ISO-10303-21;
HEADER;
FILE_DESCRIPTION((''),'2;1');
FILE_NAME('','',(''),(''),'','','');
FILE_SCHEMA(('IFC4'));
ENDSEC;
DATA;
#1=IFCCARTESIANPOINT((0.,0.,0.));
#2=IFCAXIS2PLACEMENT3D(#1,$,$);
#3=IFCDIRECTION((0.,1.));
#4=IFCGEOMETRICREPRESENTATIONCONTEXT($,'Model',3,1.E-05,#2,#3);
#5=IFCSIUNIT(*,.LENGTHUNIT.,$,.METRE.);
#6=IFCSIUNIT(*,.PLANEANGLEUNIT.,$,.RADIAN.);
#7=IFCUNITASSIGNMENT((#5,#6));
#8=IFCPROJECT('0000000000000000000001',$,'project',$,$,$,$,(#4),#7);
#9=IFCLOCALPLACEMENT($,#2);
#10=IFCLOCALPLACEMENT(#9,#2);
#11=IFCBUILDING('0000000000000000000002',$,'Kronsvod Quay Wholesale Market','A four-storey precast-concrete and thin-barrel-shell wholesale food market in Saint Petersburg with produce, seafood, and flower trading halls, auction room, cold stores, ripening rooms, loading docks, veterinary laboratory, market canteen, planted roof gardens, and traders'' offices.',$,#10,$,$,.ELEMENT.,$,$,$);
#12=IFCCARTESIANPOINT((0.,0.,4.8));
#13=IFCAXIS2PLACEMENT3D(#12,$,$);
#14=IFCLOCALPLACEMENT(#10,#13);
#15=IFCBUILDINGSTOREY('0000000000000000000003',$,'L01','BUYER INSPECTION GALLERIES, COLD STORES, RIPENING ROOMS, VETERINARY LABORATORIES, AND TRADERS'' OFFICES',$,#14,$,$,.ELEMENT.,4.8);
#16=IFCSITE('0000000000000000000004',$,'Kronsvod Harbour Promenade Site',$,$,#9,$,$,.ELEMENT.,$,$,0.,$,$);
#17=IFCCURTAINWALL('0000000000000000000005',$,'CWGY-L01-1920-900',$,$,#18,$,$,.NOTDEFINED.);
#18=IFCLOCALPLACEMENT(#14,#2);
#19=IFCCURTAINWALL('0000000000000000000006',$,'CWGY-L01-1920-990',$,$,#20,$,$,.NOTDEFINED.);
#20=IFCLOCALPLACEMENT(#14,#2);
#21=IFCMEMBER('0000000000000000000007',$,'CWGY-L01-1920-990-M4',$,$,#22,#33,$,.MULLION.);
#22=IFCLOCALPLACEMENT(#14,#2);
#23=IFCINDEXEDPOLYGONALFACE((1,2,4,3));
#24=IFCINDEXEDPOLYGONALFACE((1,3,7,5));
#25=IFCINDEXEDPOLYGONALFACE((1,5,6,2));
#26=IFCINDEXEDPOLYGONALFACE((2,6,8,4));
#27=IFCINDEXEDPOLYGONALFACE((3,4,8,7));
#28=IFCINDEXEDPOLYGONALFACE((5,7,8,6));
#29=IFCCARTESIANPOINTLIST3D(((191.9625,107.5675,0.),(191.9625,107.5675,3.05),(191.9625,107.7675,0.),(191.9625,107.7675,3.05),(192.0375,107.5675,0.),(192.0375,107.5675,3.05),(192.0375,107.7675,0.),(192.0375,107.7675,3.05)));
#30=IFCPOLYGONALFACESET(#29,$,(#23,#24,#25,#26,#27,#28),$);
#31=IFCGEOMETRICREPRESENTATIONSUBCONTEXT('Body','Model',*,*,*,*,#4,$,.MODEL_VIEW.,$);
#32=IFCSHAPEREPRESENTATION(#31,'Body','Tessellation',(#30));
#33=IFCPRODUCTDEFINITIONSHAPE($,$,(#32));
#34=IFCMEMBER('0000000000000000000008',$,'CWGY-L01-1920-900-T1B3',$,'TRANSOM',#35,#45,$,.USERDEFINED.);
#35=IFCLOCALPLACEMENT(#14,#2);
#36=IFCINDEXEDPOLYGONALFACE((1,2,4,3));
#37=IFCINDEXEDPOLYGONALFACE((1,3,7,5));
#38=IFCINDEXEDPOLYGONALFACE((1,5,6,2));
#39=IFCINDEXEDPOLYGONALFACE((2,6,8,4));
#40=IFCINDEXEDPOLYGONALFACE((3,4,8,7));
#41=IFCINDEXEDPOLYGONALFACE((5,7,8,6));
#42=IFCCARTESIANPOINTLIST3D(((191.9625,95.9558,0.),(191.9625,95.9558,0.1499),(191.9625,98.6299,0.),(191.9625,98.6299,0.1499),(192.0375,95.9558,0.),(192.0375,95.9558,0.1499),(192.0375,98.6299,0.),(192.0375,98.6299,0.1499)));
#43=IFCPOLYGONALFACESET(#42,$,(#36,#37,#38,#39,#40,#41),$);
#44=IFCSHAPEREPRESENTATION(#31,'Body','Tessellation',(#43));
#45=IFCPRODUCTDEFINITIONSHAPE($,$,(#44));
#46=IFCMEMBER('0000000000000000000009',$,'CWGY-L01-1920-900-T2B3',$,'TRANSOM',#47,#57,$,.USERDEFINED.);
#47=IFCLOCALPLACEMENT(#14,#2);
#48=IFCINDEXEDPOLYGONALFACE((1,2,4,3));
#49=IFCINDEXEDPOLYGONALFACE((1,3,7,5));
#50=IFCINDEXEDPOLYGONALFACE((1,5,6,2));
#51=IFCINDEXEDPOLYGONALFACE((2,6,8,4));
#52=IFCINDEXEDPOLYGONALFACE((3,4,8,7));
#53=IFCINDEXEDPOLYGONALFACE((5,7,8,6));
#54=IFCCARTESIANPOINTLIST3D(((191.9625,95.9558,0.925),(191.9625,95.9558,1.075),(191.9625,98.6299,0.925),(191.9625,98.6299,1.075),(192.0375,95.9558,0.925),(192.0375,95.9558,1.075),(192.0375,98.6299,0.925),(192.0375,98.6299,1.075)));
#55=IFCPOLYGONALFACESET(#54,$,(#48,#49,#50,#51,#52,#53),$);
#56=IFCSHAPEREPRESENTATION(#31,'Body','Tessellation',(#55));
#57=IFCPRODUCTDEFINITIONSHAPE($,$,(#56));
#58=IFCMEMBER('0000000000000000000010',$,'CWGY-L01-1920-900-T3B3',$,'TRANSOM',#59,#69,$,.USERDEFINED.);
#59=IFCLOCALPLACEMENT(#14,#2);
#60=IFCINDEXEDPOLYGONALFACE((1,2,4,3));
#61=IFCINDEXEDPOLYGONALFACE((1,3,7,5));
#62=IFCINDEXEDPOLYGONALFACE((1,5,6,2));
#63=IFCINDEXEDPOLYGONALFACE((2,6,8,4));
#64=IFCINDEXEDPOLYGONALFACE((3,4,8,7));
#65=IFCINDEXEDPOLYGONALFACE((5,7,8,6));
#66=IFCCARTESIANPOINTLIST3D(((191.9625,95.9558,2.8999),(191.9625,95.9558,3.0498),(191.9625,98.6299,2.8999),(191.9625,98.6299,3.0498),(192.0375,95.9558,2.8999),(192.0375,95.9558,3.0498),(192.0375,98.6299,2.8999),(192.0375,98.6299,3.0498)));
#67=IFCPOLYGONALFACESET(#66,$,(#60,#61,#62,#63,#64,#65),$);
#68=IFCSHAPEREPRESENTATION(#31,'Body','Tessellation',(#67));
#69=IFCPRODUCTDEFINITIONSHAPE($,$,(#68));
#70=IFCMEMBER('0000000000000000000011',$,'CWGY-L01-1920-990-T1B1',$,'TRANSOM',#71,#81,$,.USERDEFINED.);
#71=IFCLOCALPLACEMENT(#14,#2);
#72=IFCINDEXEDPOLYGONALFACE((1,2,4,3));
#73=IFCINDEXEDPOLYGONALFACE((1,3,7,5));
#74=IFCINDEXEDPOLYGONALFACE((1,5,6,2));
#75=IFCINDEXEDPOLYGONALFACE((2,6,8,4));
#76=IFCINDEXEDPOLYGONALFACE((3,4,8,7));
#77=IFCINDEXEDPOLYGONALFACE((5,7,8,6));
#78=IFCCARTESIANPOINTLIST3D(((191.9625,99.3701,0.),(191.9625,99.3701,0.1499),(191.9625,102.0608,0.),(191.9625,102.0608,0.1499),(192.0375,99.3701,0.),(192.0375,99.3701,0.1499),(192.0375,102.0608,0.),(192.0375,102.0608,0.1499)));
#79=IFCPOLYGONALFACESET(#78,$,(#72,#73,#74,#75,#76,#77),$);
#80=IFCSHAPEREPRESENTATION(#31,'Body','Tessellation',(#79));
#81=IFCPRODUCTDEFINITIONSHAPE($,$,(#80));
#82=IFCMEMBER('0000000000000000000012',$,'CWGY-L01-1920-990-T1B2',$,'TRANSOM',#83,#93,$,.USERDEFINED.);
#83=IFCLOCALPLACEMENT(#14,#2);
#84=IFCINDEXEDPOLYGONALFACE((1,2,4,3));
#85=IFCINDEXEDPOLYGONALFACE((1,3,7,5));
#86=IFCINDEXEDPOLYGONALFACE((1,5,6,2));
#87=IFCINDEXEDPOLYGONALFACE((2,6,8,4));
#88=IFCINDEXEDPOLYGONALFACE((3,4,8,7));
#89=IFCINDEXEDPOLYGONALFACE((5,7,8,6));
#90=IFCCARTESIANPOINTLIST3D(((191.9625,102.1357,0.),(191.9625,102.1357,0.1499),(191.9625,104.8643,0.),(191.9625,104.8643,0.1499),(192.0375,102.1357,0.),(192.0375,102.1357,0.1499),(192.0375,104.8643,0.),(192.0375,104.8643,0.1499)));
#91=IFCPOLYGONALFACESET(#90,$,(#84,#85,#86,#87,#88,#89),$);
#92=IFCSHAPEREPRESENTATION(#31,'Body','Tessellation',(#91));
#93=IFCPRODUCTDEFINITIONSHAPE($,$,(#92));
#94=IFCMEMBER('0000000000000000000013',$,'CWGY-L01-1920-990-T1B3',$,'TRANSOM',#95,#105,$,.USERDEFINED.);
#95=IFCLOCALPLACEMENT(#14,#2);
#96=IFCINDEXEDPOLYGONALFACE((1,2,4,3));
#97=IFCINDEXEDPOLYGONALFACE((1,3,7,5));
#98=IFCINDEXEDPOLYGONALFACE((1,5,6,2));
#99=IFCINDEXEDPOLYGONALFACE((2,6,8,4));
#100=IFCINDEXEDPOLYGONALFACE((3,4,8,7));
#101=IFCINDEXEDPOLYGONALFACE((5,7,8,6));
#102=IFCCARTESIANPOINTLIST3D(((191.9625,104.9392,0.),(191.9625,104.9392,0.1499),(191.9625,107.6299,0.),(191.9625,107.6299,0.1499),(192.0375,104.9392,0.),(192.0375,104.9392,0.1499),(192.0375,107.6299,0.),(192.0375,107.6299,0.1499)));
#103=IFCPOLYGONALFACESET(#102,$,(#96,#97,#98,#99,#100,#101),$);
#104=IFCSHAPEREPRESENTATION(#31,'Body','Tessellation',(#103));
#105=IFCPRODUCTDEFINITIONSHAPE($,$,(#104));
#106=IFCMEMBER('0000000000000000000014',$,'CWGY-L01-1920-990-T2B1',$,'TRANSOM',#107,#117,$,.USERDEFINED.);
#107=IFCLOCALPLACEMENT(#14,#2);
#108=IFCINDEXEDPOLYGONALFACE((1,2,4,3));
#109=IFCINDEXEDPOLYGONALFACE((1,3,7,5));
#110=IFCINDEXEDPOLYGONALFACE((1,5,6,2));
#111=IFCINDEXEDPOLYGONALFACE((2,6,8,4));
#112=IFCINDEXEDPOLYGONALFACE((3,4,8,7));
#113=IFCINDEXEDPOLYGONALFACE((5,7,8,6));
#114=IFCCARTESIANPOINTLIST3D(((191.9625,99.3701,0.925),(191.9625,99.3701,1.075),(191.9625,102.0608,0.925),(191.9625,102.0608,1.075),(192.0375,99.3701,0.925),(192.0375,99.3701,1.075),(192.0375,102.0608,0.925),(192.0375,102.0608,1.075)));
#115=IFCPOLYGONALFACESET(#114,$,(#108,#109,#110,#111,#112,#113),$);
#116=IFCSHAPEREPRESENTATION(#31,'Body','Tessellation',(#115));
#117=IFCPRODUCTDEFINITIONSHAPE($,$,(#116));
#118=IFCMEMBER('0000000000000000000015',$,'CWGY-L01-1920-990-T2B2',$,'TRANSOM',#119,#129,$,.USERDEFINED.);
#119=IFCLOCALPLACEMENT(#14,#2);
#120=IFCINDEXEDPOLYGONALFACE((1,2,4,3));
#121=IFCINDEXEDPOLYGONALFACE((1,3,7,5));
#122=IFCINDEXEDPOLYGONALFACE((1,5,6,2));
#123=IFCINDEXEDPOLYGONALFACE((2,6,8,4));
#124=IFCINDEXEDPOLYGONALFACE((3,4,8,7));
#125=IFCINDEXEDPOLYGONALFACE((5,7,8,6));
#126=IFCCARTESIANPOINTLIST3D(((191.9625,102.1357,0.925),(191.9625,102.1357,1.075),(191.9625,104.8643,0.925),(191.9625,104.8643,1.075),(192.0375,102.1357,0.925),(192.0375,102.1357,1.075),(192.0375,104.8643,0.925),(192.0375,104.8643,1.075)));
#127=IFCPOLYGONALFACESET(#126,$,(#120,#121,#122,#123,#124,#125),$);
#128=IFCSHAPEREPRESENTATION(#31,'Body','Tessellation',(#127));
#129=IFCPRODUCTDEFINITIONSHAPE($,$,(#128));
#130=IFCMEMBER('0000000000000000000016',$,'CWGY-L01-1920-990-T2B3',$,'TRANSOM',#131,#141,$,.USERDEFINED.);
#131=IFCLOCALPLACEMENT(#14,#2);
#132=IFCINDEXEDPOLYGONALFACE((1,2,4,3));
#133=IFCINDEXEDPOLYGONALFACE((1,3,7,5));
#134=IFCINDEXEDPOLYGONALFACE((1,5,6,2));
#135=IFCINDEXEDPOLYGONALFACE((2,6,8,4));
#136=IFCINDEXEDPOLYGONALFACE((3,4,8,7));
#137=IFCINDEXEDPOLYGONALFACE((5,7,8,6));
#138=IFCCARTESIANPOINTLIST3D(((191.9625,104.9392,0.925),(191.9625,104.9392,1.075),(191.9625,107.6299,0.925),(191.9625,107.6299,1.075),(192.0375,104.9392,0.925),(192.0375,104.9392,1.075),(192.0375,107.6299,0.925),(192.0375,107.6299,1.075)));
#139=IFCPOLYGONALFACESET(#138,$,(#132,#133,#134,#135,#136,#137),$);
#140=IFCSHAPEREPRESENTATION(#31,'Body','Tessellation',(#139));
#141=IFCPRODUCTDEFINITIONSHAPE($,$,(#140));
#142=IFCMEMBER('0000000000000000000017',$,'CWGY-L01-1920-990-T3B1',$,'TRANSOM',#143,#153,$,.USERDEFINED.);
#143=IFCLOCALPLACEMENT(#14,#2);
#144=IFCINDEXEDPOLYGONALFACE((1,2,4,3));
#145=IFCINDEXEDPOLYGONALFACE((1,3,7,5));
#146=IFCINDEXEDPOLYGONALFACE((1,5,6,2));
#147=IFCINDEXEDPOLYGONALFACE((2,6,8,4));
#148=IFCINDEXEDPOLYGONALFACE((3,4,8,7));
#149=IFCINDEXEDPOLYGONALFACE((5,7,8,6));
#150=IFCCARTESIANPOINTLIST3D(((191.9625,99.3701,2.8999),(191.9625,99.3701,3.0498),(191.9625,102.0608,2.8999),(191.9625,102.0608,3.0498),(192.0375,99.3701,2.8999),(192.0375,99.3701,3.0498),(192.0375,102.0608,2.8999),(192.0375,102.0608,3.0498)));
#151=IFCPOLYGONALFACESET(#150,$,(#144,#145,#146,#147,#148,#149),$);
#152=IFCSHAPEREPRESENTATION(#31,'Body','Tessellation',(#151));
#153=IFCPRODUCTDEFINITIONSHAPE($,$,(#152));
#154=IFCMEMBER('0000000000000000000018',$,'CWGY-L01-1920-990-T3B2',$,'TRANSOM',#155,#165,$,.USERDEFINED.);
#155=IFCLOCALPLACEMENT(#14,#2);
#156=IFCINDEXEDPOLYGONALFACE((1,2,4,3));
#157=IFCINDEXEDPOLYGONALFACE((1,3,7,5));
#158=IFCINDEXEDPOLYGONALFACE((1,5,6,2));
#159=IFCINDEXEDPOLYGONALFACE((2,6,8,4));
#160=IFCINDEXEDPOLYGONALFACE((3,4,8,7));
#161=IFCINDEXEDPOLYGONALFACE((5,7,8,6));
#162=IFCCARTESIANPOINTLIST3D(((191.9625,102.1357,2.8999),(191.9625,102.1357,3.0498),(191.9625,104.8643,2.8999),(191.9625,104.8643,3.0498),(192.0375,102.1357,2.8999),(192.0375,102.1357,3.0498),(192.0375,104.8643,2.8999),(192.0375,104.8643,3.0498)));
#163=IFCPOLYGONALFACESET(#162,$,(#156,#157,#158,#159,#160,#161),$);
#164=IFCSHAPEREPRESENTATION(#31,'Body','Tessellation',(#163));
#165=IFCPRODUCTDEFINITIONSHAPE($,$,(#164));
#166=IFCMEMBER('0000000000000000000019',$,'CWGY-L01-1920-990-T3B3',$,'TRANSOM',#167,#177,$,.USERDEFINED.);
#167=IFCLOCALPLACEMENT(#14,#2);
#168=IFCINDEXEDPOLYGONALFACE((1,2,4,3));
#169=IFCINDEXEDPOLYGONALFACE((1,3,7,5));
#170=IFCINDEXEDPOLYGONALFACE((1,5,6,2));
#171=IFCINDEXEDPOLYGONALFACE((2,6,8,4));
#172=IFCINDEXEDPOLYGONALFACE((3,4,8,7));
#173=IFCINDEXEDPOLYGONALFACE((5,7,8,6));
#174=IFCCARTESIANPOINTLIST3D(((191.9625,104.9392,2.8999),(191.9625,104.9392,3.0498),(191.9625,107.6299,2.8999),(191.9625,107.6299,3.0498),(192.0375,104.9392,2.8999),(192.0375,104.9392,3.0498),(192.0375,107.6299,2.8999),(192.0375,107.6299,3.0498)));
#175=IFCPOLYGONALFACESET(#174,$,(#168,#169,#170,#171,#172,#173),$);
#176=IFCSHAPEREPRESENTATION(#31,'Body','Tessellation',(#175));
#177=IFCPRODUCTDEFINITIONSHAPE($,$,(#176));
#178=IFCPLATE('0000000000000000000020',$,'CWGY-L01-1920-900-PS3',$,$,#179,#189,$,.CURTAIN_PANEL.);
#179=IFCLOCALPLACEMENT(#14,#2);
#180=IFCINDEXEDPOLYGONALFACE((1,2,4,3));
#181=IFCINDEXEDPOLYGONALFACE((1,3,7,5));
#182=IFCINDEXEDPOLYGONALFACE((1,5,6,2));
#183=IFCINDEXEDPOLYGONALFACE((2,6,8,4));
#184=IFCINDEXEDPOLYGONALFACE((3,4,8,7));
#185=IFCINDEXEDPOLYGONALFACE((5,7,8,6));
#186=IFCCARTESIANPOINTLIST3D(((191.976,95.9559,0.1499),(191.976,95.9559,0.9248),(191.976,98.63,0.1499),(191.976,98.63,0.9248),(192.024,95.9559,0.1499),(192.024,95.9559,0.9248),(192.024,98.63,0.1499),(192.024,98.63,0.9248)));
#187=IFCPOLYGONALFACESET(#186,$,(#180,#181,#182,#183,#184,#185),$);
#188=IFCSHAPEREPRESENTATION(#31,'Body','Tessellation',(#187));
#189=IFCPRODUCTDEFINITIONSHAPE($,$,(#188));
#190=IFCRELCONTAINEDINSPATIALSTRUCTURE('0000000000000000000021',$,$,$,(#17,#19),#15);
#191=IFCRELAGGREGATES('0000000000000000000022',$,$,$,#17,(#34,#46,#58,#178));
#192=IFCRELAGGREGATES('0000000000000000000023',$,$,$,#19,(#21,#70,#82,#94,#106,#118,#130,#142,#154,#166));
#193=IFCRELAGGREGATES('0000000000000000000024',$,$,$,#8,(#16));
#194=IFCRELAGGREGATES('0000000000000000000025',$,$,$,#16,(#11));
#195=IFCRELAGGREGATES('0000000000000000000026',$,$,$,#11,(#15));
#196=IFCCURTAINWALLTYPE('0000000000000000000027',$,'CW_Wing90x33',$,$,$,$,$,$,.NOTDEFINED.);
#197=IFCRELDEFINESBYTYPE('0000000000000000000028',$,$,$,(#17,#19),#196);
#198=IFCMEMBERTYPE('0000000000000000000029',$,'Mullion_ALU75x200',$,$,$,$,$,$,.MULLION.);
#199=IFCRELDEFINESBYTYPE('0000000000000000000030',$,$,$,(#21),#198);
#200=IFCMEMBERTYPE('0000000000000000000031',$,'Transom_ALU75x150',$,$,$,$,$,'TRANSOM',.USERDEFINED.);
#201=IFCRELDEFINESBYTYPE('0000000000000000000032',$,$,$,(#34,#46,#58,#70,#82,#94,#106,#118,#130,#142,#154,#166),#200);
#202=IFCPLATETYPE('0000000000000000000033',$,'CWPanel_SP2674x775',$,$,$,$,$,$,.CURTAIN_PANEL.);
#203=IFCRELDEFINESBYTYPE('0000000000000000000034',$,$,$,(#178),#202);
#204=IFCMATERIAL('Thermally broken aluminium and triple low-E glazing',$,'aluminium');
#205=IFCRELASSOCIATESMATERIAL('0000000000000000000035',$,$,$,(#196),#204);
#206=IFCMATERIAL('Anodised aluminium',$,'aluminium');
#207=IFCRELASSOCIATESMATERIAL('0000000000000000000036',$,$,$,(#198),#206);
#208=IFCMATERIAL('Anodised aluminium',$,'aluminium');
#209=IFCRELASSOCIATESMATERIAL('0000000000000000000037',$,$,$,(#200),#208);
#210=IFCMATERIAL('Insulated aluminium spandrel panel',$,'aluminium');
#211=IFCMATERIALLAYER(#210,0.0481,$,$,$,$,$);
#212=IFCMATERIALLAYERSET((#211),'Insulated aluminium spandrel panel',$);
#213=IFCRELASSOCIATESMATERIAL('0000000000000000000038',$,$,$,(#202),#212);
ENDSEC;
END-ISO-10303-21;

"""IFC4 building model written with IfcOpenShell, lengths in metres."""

from ifc_helpers import new_model, si_unit, direction, frame, origin, origin_2d, place, context, subcontext, project, spatial, rectangle, extrude, material, layer, layer_set, material_profile, profile_set, type_object, element, aggregate, save


model = new_model("IFC4")

# Units and contexts
model_context = context("Model", 3, precision=1e-05, world=origin(), true_north=direction((0.0, 1.0)))
body_context = subcontext(model_context, "Body", "Model", "MODEL_VIEW")
ifc_project = project(units=[si_unit("LENGTHUNIT", "METRE"), si_unit("PLANEANGLEUNIT", "RADIAN")], contexts=[model_context])

# Site, building, storey
site_placement = place(None, origin())
site = spatial("IfcSite", under=ifc_project, at=site_placement, Name="Kronsvod Harbour Promenade Site", CompositionType="ELEMENT", RefElevation=0.0)
building_placement = place(site_placement, origin())
building = spatial("IfcBuilding", under=site, at=building_placement, Name="Kronsvod Quay Wholesale Market", Description="A four-storey precast-concrete and thin-barrel-shell wholesale food market in Saint Petersburg with produce, seafood, and flower trading halls, auction room, cold stores, ripening rooms, loading docks, veterinary laboratory, market canteen, planted roof gardens, and traders' offices.", CompositionType="ELEMENT")
storey_placement = place(building_placement, frame((0.0, 0.0, 4.8)))
storey = spatial("IfcBuildingStorey", under=building, at=storey_placement, Name="L01", Description="BUYER INSPECTION GALLERIES, COLD STORES, RIPENING ROOMS, VETERINARY LABORATORIES, AND TRADERS' OFFICES", CompositionType="ELEMENT", Elevation=4.8)

# Curtain walls, member
ifc_material_1 = material(Name="Thermally broken aluminium and triple low-E glazing", Category="aluminium")
curtain_wall_type_1 = type_object("IfcCurtainWallType", Name="CW_Wing90x33", PredefinedType="NOTDEFINED", material=ifc_material_1)
curtain_wall_1_placement = place(storey_placement, origin())
curtain_wall_1 = element("IfcCurtainWall", 1, at=curtain_wall_1_placement, inside=storey, type_object=curtain_wall_type_1, Name="CWGY-L01-1920-900", PredefinedType="NOTDEFINED")
ifc_material_2 = material(Name="Anodised aluminium", Category="aluminium")
ifc_material_profile_1 = material_profile(ifc_material_2, rectangle(XDim=0.075, YDim=0.2, at=origin_2d()), Name="ALUM75x200")
ifc_profile_set_1 = profile_set([ifc_material_profile_1], Name="Anodised aluminium")
member_type_1 = type_object("IfcMemberType", Name="Mullion_ALU75x200", PredefinedType="MULLION", material=ifc_profile_set_1)
curtain_wall_2_placement = place(storey_placement, origin())
curtain_wall_2 = element("IfcCurtainWall", 2, at=curtain_wall_2_placement, inside=storey, type_object=curtain_wall_type_1, Name="CWGY-L01-1920-990", PredefinedType="NOTDEFINED")
member_1_placement = place(storey_placement, frame((192.0, 107.6675, 0.0), z_axis=(0.0, 0.0, 1.0), x_axis=(1.0, 0.0, 0.0)))
member_1 = element("IfcMember", 3, at=member_1_placement, type_object=member_type_1, Name="CWGY-L01-1920-990-M4", PredefinedType="MULLION", context=body_context, shape_type="SweptSolid", body=[
    extrude(rectangle(XDim=0.075, YDim=0.2, at=origin_2d()), origin(), (0.0, 0.0, 1.0), 3.05),
])

# Members
ifc_material_3 = material(Name="Anodised aluminium", Category="aluminium")
ifc_material_profile_2 = material_profile(ifc_material_3, rectangle(XDim=0.075, YDim=0.1499, at=origin_2d()), Name="ALUT75x150")
ifc_profile_set_2 = profile_set([ifc_material_profile_2], Name="Anodised aluminium")
member_type_2 = type_object("IfcMemberType", Name="Transom_ALU75x150", ElementType="TRANSOM", PredefinedType="USERDEFINED", material=ifc_profile_set_2)
member_2_placement = place(storey_placement, frame((192.0, 95.9558, 0.075), z_axis=(0.0, 1.0, 0.0), x_axis=(-1.0, 0.0, 0.0)))
member_2 = element("IfcMember", 4, at=member_2_placement, type_object=member_type_2, Name="CWGY-L01-1920-900-T1B3", ObjectType="TRANSOM", PredefinedType="USERDEFINED", context=body_context, shape_type="SweptSolid", body=[
    extrude(rectangle(XDim=0.075, YDim=0.1499, at=origin_2d()), origin(), (0.0, 0.0, 1.0), 2.6741),
])
member_3_placement = place(storey_placement, frame((192.0, 95.9558, 1.0), z_axis=(0.0, 1.0, 0.0), x_axis=(-1.0, 0.0, 0.0)))
member_3 = element("IfcMember", 5, at=member_3_placement, type_object=member_type_2, Name="CWGY-L01-1920-900-T2B3", ObjectType="TRANSOM", PredefinedType="USERDEFINED", context=body_context, shape_type="SweptSolid", body=[
    extrude(rectangle(XDim=0.075, YDim=0.1499, at=origin_2d()), origin(), (0.0, 0.0, 1.0), 2.6741),
])
member_4_placement = place(storey_placement, frame((192.0, 95.9558, 2.9749), z_axis=(0.0, 1.0, 0.0), x_axis=(-1.0, 0.0, 0.0)))
member_4 = element("IfcMember", 6, at=member_4_placement, type_object=member_type_2, Name="CWGY-L01-1920-900-T3B3", ObjectType="TRANSOM", PredefinedType="USERDEFINED", context=body_context, shape_type="SweptSolid", body=[
    extrude(rectangle(XDim=0.075, YDim=0.1499, at=origin_2d()), origin(), (0.0, 0.0, 1.0), 2.6741),
])
member_5_placement = place(storey_placement, frame((192.0, 99.3701, 0.075), z_axis=(0.0, 1.0, 0.0), x_axis=(-1.0, 0.0, 0.0)))
member_5 = element("IfcMember", 7, at=member_5_placement, type_object=member_type_2, Name="CWGY-L01-1920-990-T1B1", ObjectType="TRANSOM", PredefinedType="USERDEFINED", context=body_context, shape_type="SweptSolid", body=[
    extrude(rectangle(XDim=0.075, YDim=0.1499, at=origin_2d()), origin(), (0.0, 0.0, 1.0), 2.6907),
])
member_6_placement = place(storey_placement, frame((192.0, 102.1357, 0.075), z_axis=(0.0, 1.0, 0.0), x_axis=(-1.0, 0.0, 0.0)))
member_6 = element("IfcMember", 8, at=member_6_placement, type_object=member_type_2, Name="CWGY-L01-1920-990-T1B2", ObjectType="TRANSOM", PredefinedType="USERDEFINED", context=body_context, shape_type="SweptSolid", body=[
    extrude(rectangle(XDim=0.075, YDim=0.1499, at=origin_2d()), origin(), (0.0, 0.0, 1.0), 2.7285),
])
member_7_placement = place(storey_placement, frame((192.0, 104.9392, 0.075), z_axis=(0.0, 1.0, 0.0), x_axis=(-1.0, 0.0, 0.0)))
member_7 = element("IfcMember", 9, at=member_7_placement, type_object=member_type_2, Name="CWGY-L01-1920-990-T1B3", ObjectType="TRANSOM", PredefinedType="USERDEFINED", context=body_context, shape_type="SweptSolid", body=[
    extrude(rectangle(XDim=0.075, YDim=0.1499, at=origin_2d()), origin(), (0.0, 0.0, 1.0), 2.6907),
])
member_8_placement = place(storey_placement, frame((192.0, 99.3701, 1.0), z_axis=(0.0, 1.0, 0.0), x_axis=(-1.0, 0.0, 0.0)))
member_8 = element("IfcMember", 10, at=member_8_placement, type_object=member_type_2, Name="CWGY-L01-1920-990-T2B1", ObjectType="TRANSOM", PredefinedType="USERDEFINED", context=body_context, shape_type="SweptSolid", body=[
    extrude(rectangle(XDim=0.075, YDim=0.1499, at=origin_2d()), origin(), (0.0, 0.0, 1.0), 2.6907),
])
member_9_placement = place(storey_placement, frame((192.0, 102.1357, 1.0), z_axis=(0.0, 1.0, 0.0), x_axis=(-1.0, 0.0, 0.0)))
member_9 = element("IfcMember", 11, at=member_9_placement, type_object=member_type_2, Name="CWGY-L01-1920-990-T2B2", ObjectType="TRANSOM", PredefinedType="USERDEFINED", context=body_context, shape_type="SweptSolid", body=[
    extrude(rectangle(XDim=0.075, YDim=0.1499, at=origin_2d()), origin(), (0.0, 0.0, 1.0), 2.7285),
])
member_10_placement = place(storey_placement, frame((192.0, 104.9392, 1.0), z_axis=(0.0, 1.0, 0.0), x_axis=(-1.0, 0.0, 0.0)))
member_10 = element("IfcMember", 12, at=member_10_placement, type_object=member_type_2, Name="CWGY-L01-1920-990-T2B3", ObjectType="TRANSOM", PredefinedType="USERDEFINED", context=body_context, shape_type="SweptSolid", body=[
    extrude(rectangle(XDim=0.075, YDim=0.1499, at=origin_2d()), origin(), (0.0, 0.0, 1.0), 2.6907),
])
member_11_placement = place(storey_placement, frame((192.0, 99.3701, 2.9749), z_axis=(0.0, 1.0, 0.0), x_axis=(-1.0, 0.0, 0.0)))
member_11 = element("IfcMember", 13, at=member_11_placement, type_object=member_type_2, Name="CWGY-L01-1920-990-T3B1", ObjectType="TRANSOM", PredefinedType="USERDEFINED", context=body_context, shape_type="SweptSolid", body=[
    extrude(rectangle(XDim=0.075, YDim=0.1499, at=origin_2d()), origin(), (0.0, 0.0, 1.0), 2.6907),
])
member_12_placement = place(storey_placement, frame((192.0, 102.1357, 2.9749), z_axis=(0.0, 1.0, 0.0), x_axis=(-1.0, 0.0, 0.0)))
member_12 = element("IfcMember", 14, at=member_12_placement, type_object=member_type_2, Name="CWGY-L01-1920-990-T3B2", ObjectType="TRANSOM", PredefinedType="USERDEFINED", context=body_context, shape_type="SweptSolid", body=[
    extrude(rectangle(XDim=0.075, YDim=0.1499, at=origin_2d()), origin(), (0.0, 0.0, 1.0), 2.7285),
])
member_13_placement = place(storey_placement, frame((192.0, 104.9392, 2.9749), z_axis=(0.0, 1.0, 0.0), x_axis=(-1.0, 0.0, 0.0)))
member_13 = element("IfcMember", 15, at=member_13_placement, type_object=member_type_2, Name="CWGY-L01-1920-990-T3B3", ObjectType="TRANSOM", PredefinedType="USERDEFINED", context=body_context, shape_type="SweptSolid", body=[
    extrude(rectangle(XDim=0.075, YDim=0.1499, at=origin_2d()), origin(), (0.0, 0.0, 1.0), 2.6907),
])

# Plate
ifc_material_4 = material(Name="Insulated aluminium spandrel panel", Category="aluminium")
ifc_layer_1 = layer(ifc_material_4, 0.0481)
ifc_layer_set_1 = layer_set([ifc_layer_1], Name="Insulated aluminium spandrel panel")
plate_type_1 = type_object("IfcPlateType", Name="CWPanel_SP2674x775", PredefinedType="CURTAIN_PANEL", material=ifc_layer_set_1)
plate_1_placement = place(storey_placement, frame((192.0, 97.293, 0.1499), z_axis=(0.0, 0.0, 1.0), x_axis=(0.0, 1.0, 0.0)))
plate_1 = element("IfcPlate", 16, at=plate_1_placement, type_object=plate_type_1, Name="CWGY-L01-1920-900-PS3", PredefinedType="CURTAIN_PANEL", context=body_context, shape_type="SweptSolid", body=[
    extrude(rectangle(XDim=2.6741, YDim=0.0481, at=origin_2d()), origin(), (0.0, 0.0, 1.0), 0.7749),
])

aggregate(curtain_wall_1, [member_2, member_3, member_4, plate_1])
aggregate(curtain_wall_2, [member_1, member_5, member_6, member_7, member_8, member_9, member_10, member_11, member_12, member_13])

save(model, "model.ifc")
